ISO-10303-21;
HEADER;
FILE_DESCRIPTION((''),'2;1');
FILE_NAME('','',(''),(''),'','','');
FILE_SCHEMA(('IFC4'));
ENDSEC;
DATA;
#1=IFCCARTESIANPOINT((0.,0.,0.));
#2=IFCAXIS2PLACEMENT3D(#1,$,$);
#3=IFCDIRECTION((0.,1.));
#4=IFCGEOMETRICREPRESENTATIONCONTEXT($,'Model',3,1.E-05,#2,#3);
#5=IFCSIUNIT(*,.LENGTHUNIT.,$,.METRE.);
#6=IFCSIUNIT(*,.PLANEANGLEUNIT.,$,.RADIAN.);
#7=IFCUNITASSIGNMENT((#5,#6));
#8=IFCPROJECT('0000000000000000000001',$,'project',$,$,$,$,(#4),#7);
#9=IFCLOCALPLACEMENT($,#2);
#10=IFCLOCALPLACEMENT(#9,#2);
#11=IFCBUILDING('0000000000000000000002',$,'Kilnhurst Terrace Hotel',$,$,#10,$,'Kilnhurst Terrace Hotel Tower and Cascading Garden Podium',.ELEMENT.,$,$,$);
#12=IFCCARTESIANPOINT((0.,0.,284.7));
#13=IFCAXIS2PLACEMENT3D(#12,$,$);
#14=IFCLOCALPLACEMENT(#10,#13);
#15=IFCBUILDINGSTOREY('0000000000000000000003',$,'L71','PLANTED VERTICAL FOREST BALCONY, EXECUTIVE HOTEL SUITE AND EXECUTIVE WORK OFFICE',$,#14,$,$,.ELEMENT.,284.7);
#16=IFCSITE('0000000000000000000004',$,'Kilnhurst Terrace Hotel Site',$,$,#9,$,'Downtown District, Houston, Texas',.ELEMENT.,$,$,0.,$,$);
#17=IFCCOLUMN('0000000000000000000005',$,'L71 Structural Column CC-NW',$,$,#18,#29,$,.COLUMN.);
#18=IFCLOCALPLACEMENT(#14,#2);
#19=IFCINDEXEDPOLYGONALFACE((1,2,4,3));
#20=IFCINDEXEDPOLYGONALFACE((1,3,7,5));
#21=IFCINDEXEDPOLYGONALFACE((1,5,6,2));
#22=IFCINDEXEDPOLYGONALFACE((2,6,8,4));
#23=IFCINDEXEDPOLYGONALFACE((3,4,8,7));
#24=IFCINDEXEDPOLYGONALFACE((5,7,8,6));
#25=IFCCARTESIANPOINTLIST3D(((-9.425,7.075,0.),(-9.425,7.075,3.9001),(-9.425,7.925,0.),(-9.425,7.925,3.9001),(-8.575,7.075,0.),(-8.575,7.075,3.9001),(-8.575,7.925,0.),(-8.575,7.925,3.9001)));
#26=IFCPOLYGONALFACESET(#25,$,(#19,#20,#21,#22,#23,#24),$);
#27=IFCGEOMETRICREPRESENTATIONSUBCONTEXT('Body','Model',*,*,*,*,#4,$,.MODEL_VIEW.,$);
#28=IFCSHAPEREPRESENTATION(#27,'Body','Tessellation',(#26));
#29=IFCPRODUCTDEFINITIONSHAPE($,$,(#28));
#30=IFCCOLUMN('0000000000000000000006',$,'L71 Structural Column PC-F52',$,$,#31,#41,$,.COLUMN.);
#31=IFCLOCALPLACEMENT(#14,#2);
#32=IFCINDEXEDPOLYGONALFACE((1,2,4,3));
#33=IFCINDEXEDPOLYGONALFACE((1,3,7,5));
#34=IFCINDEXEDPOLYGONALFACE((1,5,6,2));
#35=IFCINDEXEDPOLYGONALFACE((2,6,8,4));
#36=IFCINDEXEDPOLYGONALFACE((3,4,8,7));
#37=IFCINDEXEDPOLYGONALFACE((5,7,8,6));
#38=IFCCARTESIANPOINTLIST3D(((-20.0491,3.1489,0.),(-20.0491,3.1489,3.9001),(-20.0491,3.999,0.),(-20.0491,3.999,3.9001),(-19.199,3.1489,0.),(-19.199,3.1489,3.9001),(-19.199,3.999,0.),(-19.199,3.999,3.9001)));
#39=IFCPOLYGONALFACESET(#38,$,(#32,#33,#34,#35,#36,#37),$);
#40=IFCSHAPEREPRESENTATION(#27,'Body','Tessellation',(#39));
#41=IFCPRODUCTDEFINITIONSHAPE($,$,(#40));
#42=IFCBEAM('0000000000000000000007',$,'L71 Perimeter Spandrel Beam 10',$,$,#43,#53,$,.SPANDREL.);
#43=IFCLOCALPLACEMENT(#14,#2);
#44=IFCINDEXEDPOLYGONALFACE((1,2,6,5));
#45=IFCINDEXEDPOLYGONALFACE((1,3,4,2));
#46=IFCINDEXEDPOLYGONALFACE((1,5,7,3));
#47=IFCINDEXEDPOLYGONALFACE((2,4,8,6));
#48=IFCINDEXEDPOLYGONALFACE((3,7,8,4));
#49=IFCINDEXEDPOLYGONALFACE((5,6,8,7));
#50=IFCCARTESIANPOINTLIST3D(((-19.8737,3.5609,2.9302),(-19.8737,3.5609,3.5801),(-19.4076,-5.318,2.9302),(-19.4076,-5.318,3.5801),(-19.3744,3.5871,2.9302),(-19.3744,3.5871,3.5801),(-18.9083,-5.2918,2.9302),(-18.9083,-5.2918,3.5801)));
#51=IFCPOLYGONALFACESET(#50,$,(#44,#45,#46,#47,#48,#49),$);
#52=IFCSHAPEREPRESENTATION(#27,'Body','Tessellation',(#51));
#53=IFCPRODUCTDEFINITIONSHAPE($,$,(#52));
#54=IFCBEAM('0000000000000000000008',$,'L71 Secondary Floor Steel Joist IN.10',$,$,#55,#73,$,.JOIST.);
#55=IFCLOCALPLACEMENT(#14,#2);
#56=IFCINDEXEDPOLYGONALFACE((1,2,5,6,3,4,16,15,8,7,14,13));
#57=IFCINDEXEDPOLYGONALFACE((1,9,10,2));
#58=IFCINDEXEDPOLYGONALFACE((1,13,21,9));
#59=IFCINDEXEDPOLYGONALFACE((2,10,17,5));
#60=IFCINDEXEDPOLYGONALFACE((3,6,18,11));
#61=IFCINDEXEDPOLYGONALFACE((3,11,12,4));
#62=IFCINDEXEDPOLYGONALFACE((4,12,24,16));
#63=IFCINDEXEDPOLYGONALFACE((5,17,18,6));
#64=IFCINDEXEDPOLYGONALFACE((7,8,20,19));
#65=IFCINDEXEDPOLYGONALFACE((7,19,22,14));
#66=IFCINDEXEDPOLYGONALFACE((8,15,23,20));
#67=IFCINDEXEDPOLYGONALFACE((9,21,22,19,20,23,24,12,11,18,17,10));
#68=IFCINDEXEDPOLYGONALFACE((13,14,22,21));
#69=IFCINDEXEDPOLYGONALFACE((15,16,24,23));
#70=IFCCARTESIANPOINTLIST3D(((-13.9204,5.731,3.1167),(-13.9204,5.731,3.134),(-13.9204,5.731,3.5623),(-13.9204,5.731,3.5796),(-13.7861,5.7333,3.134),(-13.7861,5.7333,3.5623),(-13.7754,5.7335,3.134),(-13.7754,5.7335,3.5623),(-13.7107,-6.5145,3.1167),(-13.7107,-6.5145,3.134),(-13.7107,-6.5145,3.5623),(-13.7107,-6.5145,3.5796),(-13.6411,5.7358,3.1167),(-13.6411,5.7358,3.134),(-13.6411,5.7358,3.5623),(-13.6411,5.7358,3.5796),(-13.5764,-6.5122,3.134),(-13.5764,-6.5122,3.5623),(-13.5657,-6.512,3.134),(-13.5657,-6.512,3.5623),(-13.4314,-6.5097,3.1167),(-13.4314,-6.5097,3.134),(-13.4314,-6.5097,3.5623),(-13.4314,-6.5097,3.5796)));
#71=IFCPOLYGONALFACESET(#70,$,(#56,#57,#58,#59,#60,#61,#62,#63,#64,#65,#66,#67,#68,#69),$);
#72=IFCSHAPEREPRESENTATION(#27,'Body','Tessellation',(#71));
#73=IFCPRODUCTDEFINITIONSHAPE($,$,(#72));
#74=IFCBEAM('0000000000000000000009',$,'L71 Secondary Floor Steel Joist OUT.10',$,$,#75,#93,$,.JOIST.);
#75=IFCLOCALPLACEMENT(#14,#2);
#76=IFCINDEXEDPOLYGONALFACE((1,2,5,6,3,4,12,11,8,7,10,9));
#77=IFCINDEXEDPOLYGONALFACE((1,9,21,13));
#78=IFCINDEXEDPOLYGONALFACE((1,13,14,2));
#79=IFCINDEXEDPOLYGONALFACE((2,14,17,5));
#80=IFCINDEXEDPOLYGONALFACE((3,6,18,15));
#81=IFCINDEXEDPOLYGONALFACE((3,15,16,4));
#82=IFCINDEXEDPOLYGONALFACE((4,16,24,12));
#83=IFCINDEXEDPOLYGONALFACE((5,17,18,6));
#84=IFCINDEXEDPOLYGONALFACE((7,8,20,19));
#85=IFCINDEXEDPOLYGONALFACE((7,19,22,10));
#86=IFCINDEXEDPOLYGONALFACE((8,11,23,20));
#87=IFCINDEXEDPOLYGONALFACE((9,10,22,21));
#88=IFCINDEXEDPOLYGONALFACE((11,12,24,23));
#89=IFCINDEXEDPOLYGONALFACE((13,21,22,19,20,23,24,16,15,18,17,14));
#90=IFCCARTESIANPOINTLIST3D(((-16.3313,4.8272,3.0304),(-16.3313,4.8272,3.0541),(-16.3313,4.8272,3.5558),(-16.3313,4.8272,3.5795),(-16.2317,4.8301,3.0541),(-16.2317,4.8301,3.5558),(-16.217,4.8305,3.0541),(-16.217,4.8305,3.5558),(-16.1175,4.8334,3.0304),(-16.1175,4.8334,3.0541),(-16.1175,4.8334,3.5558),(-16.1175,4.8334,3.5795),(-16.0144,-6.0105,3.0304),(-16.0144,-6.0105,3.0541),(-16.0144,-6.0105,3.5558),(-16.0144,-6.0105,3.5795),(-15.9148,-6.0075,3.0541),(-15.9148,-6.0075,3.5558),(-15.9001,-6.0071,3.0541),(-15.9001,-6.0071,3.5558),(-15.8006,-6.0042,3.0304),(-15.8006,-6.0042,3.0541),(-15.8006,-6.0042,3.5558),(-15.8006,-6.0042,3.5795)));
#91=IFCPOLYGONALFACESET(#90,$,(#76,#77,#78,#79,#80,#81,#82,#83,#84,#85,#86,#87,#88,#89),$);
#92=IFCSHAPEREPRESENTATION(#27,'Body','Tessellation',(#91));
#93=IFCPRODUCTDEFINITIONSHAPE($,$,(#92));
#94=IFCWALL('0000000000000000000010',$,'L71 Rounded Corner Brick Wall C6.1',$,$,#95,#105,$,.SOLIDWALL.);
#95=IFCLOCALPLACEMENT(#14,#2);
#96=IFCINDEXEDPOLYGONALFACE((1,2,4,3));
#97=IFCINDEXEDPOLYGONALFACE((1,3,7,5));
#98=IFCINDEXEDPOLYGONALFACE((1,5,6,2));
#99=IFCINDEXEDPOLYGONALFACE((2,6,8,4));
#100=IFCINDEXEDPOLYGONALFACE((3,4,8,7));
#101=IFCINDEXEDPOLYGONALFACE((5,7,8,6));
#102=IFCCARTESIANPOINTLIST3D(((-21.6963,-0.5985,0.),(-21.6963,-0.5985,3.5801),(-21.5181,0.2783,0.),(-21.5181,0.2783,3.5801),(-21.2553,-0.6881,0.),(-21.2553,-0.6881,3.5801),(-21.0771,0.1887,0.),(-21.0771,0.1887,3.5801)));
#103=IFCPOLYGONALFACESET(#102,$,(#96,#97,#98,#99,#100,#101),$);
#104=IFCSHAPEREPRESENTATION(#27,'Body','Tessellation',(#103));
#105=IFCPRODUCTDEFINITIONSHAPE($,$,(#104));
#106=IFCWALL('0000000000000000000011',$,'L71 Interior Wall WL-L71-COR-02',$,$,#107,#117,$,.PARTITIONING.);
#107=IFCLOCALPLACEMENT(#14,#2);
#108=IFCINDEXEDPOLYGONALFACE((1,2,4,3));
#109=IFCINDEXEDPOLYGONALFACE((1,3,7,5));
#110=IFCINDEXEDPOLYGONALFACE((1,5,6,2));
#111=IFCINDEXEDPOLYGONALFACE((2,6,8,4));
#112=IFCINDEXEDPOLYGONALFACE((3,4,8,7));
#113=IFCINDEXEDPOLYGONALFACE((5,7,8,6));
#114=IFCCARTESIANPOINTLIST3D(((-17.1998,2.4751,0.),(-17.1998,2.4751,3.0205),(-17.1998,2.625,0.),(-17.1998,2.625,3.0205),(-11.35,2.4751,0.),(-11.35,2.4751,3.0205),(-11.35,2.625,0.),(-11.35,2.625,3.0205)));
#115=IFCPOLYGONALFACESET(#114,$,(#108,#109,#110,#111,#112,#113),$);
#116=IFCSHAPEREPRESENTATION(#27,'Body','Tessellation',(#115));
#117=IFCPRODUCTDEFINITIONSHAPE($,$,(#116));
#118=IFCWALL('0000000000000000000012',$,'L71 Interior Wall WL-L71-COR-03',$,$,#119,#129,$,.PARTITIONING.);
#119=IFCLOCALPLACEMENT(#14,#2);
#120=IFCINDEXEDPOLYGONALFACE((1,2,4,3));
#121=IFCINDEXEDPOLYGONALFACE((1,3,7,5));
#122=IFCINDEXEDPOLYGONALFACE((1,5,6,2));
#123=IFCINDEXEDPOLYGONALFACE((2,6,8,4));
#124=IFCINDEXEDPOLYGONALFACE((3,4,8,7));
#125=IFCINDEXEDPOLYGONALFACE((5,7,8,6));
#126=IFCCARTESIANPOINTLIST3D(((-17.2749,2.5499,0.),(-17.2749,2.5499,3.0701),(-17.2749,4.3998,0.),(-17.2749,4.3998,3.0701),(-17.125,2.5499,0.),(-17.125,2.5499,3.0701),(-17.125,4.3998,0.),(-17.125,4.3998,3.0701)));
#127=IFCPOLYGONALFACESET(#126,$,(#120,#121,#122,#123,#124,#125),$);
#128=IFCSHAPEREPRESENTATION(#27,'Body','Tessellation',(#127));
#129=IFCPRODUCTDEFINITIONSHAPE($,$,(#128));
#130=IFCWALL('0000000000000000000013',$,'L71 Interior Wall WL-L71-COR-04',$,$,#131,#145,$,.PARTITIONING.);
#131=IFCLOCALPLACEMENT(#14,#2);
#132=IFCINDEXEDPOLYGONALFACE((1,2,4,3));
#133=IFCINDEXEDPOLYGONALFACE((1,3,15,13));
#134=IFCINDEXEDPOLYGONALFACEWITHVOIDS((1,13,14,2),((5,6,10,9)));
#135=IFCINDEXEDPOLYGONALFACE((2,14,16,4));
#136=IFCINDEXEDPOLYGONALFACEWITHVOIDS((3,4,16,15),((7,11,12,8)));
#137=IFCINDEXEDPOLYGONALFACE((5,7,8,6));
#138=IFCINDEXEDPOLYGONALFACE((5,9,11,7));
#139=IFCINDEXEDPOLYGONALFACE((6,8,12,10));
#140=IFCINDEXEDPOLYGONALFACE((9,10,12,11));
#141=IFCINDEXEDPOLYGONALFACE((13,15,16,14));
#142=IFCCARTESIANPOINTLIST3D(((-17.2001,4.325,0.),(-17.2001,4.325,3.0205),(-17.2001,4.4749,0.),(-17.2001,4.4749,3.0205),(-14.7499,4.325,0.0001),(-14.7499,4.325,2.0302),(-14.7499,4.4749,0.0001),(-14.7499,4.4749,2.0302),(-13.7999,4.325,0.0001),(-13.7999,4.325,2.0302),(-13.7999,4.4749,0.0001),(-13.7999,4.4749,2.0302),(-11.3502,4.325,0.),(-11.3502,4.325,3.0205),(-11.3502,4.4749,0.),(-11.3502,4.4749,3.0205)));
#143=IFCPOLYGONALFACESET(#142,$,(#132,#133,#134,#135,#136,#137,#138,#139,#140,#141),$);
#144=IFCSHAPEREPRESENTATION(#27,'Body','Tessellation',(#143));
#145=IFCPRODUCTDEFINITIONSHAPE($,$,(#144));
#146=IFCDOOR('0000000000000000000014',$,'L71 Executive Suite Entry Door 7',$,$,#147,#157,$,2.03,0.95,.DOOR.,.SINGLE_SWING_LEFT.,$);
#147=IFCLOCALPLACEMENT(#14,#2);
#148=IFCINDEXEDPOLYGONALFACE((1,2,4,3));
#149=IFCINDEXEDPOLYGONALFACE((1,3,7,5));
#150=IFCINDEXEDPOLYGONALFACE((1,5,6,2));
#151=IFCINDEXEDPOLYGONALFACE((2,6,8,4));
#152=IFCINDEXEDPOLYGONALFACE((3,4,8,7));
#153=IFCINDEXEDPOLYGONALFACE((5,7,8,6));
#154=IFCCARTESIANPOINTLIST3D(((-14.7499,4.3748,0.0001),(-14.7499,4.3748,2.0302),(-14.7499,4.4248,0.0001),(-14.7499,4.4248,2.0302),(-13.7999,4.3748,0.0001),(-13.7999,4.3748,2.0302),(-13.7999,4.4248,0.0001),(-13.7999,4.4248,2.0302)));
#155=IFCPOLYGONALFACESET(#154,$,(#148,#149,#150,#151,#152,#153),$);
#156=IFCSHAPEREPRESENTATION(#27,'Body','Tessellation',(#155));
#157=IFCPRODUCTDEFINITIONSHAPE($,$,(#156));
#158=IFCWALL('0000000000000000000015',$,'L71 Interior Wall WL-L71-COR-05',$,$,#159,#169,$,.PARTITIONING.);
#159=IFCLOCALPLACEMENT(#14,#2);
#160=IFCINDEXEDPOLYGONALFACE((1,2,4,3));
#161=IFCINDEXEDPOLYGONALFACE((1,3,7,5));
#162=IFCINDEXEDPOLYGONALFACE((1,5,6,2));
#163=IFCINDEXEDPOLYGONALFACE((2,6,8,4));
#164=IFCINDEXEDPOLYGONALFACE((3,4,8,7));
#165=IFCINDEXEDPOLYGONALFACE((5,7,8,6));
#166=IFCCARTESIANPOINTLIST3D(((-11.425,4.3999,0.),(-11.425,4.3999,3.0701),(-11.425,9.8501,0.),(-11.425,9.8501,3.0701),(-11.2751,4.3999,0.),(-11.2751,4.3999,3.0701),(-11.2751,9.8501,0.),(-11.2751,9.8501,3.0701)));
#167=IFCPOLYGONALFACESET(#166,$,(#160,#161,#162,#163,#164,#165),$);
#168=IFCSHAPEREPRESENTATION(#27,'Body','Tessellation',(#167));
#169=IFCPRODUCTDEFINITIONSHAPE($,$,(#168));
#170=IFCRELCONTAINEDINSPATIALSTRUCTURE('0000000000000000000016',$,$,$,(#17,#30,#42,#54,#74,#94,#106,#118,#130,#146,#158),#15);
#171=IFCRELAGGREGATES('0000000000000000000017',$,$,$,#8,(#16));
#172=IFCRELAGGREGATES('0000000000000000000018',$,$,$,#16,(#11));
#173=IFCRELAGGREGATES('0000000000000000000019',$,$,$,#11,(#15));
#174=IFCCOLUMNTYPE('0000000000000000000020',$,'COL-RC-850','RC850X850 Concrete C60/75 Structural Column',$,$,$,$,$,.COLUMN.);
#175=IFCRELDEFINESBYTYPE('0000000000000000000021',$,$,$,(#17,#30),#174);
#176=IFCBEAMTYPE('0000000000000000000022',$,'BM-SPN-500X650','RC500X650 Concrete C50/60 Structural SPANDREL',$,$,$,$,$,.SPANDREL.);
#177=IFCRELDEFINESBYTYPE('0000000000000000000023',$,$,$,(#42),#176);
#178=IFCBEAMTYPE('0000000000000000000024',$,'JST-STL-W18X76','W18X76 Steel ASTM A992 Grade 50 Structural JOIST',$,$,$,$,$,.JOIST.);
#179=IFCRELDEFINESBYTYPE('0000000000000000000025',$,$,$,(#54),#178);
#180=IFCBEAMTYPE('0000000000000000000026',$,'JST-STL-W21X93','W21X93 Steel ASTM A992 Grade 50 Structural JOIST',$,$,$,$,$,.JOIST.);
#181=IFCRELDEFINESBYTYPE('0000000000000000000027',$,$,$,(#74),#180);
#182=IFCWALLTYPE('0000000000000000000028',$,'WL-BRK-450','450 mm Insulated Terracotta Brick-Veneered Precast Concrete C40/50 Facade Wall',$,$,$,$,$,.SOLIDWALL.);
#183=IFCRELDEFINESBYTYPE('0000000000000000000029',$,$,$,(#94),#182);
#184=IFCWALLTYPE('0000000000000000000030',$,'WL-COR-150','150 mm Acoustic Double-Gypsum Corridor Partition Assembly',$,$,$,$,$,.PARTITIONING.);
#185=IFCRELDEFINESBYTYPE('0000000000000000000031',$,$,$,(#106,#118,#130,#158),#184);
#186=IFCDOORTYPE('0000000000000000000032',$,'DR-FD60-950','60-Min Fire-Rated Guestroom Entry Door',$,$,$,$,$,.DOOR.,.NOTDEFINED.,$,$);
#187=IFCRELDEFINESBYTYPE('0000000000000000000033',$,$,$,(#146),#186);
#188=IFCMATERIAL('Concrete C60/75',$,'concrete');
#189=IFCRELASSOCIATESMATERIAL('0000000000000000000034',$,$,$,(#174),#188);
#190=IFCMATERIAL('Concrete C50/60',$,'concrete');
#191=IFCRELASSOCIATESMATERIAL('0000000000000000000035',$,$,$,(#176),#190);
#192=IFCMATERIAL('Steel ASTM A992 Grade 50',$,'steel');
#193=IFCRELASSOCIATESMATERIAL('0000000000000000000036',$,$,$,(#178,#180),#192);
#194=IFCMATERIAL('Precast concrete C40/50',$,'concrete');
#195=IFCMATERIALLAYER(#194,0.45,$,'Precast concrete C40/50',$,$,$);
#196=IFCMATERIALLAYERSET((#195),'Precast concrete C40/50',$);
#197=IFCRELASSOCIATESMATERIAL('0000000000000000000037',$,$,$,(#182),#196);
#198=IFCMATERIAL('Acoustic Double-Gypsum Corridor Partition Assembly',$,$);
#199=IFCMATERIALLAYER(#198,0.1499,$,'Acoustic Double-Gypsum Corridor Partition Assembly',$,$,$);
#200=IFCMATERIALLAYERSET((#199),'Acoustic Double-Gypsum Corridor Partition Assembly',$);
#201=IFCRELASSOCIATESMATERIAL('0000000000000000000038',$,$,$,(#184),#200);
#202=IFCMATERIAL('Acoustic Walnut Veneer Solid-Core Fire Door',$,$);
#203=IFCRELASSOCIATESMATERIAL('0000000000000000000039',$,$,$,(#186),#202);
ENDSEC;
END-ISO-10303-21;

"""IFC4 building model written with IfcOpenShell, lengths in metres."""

from ifc_helpers import new_model, si_unit, direction, frame, frame_2d, origin, origin_2d, place, context, subcontext, project, spatial, rectangle, i_section, extrude, material, layer, layer_set, material_profile, profile_set, type_object, element, fill, save


model = new_model("IFC4")

# Units and contexts
model_context = context("Model", 3, precision=1e-05, world=origin(), true_north=direction((0.0, 1.0)))
body_context = subcontext(model_context, "Body", "Model", "MODEL_VIEW")
ifc_project = project(units=[si_unit("LENGTHUNIT", "METRE"), si_unit("PLANEANGLEUNIT", "RADIAN")], contexts=[model_context])

# Site, building, storey
site_placement = place(None, origin())
site = spatial("IfcSite", under=ifc_project, at=site_placement, Name="Kilnhurst Terrace Hotel Site", LongName="Downtown District, Houston, Texas", CompositionType="ELEMENT", RefElevation=0.0)
building_placement = place(site_placement, origin())
building = spatial("IfcBuilding", under=site, at=building_placement, Name="Kilnhurst Terrace Hotel", LongName="Kilnhurst Terrace Hotel Tower and Cascading Garden Podium", CompositionType="ELEMENT")
storey_placement = place(building_placement, frame((0.0, 0.0, 284.7)))
storey = spatial("IfcBuildingStorey", under=building, at=storey_placement, Name="L71", Description="PLANTED VERTICAL FOREST BALCONY, EXECUTIVE HOTEL SUITE AND EXECUTIVE WORK OFFICE", CompositionType="ELEMENT", Elevation=284.7)

# Columns
ifc_material_1 = material(Name="Concrete C60/75", Category="concrete")
ifc_material_profile_1 = material_profile(ifc_material_1, rectangle(XDim=0.8501, YDim=0.8501, at=origin_2d()), Name="RC850X850")
ifc_profile_set_1 = profile_set([ifc_material_profile_1], Name="Concrete C60/75")
column_type = type_object("IfcColumnType", Name="COL-RC-850", Description="RC850X850 Concrete C60/75 Structural Column", PredefinedType="COLUMN", material=ifc_profile_set_1)
for number, where, z_axis, x_axis, name in (
    (1, (-9.0, 7.5, 0.0), (0.0, 0.0, 1.0), (1.0, 0.0, 0.0), "L71 Structural Column CC-NW"),
    (2, (-19.624, 3.574, 0.0), (0.0, 0.0, 1.0), (1.0, 0.0, 0.0), "L71 Structural Column PC-F52"),
):
    element("IfcColumn", number, at=place(storey_placement, frame(where, z_axis=z_axis, x_axis=x_axis)), inside=storey, type_object=column_type, Name=name, PredefinedType="COLUMN", context=body_context, shape_type="SweptSolid", body=[
        extrude(rectangle(XDim=0.8501, YDim=0.8501, at=origin_2d()), origin(), (0.0, 0.0, 1.0), 3.9001),
    ])

# Beams
ifc_material_2 = material(Name="Concrete C50/60", Category="concrete")
ifc_material_profile_2 = material_profile(ifc_material_2, rectangle(XDim=0.5, YDim=0.6499, at=origin_2d()), Name="RC500X650")
ifc_profile_set_2 = profile_set([ifc_material_profile_2], Name="Concrete C50/60")
beam_type_1 = type_object("IfcBeamType", Name="BM-SPN-500X650", Description="RC500X650 Concrete C50/60 Structural SPANDREL", PredefinedType="SPANDREL", material=ifc_profile_set_2)
beam_1_placement = place(storey_placement, frame((-19.624, 3.574, 3.2551), z_axis=(0.052419, -0.998625, 0.0), x_axis=(0.998625, 0.052419, 0.0)))
element("IfcBeam", 3, at=beam_1_placement, inside=storey, type_object=beam_type_1, Name="L71 Perimeter Spandrel Beam 10", PredefinedType="SPANDREL", context=body_context, shape_type="SweptSolid", body=[
    extrude(rectangle(XDim=0.5, YDim=0.6499, at=origin_2d()), origin(), (0.0, 0.0, 1.0), 8.8911),
])
ifc_material_3 = material(Name="Steel ASTM A992 Grade 50", Category="steel")
ifc_material_profile_3 = material_profile(ifc_material_3, i_section(OverallWidth=0.2793, OverallDepth=0.4629, WebThickness=0.0107, FlangeThickness=0.0173, at=origin_2d()), Name="W18X76")
ifc_profile_set_3 = profile_set([ifc_material_profile_3], Name="Steel ASTM A992 Grade 50")
beam_type_2 = type_object("IfcBeamType", Name="JST-STL-W18X76", Description="W18X76 Steel ASTM A992 Grade 50 Structural JOIST", PredefinedType="JOIST", material=ifc_profile_set_3)
beam_2_placement = place(storey_placement, frame((-13.7808, 5.7334, 3.3481), z_axis=(0.017123, -0.999853, 0.0), x_axis=(0.999853, 0.017123, 0.0)))
element("IfcBeam", 4, at=beam_2_placement, inside=storey, type_object=beam_type_2, Name="L71 Secondary Floor Steel Joist IN.10", PredefinedType="JOIST", context=body_context, shape_type="SweptSolid", body=[
    extrude(i_section(OverallWidth=0.2793, OverallDepth=0.4629, WebThickness=0.0107, FlangeThickness=0.0173, at=origin_2d()), origin(), (0.0, 0.0, 1.0), 12.2473),
])
ifc_material_profile_4 = material_profile(ifc_material_3, i_section(OverallWidth=0.2139, OverallDepth=0.5491, WebThickness=0.0146, FlangeThickness=0.0237, at=origin_2d()), Name="W21X93")
ifc_profile_set_4 = profile_set([ifc_material_profile_4], Name="Steel ASTM A992 Grade 50")
beam_type_3 = type_object("IfcBeamType", Name="JST-STL-W21X93", Description="W21X93 Steel ASTM A992 Grade 50 Structural JOIST", PredefinedType="JOIST", material=ifc_profile_set_4)
beam_3_placement = place(storey_placement, frame((-16.2244, 4.8303, 3.3049), z_axis=(0.029228, -0.999573, 0.0), x_axis=(0.999573, 0.029228, 0.0)))
element("IfcBeam", 5, at=beam_3_placement, inside=storey, type_object=beam_type_3, Name="L71 Secondary Floor Steel Joist OUT.10", PredefinedType="JOIST", context=body_context, shape_type="SweptSolid", body=[
    extrude(i_section(OverallWidth=0.2139, OverallDepth=0.5491, WebThickness=0.0146, FlangeThickness=0.0237, at=origin_2d()), origin(), (0.0, 0.0, 1.0), 10.8423),
])

# Walls
ifc_material_4 = material(Name="Precast concrete C40/50", Category="concrete")
ifc_layer_1 = layer(ifc_material_4, 0.45, Name="Precast concrete C40/50")
ifc_layer_set_1 = layer_set([ifc_layer_1], Name="Precast concrete C40/50")
wall_type_1 = type_object("IfcWallType", Name="WL-BRK-450", Description="450 mm Insulated Terracotta Brick-Veneered Precast Concrete C40/50 Facade Wall", PredefinedType="SOLIDWALL", material=ifc_layer_set_1)
wall_1_placement = place(storey_placement, frame((-21.2976, 0.2334, 0.0), z_axis=(0.0, 0.0, 1.0), x_axis=(-0.199158, -0.979967, 0.0)))
element("IfcWall", 6, at=wall_1_placement, inside=storey, type_object=wall_type_1, Name="L71 Rounded Corner Brick Wall C6.1", PredefinedType="SOLIDWALL", context=body_context, shape_type="SweptSolid", body=[
    extrude(rectangle(XDim=0.8948, YDim=0.45, at=frame_2d((0.4473, 0.0))), origin(), (0.0, 0.0, 1.0), 3.5801),
])
ifc_material_5 = material(Name="Acoustic Double-Gypsum Corridor Partition Assembly")
ifc_layer_2 = layer(ifc_material_5, 0.1499, Name="Acoustic Double-Gypsum Corridor Partition Assembly")
ifc_layer_set_2 = layer_set([ifc_layer_2], Name="Acoustic Double-Gypsum Corridor Partition Assembly")
wall_type_2 = type_object("IfcWallType", Name="WL-COR-150", Description="150 mm Acoustic Double-Gypsum Corridor Partition Assembly", PredefinedType="PARTITIONING", material=ifc_layer_set_2)
wall_2_placement = place(storey_placement, frame((-11.3501, 2.55, 0.0), z_axis=(0.0, 0.0, 1.0), x_axis=(-1.0, 0.0, 0.0)))
element("IfcWall", 7, at=wall_2_placement, inside=storey, type_object=wall_type_2, Name="L71 Interior Wall WL-L71-COR-02", PredefinedType="PARTITIONING", context=body_context, shape_type="SweptSolid", body=[
    extrude(rectangle(XDim=5.8499, YDim=0.1499, at=frame_2d((2.9248, 0.0))), origin(), (0.0, 0.0, 1.0), 3.0205),
])
wall_3_placement = place(storey_placement, frame((-17.2, 2.55, 0.0), z_axis=(0.0, 0.0, 1.0), x_axis=(0.0, 1.0, 0.0)))
element("IfcWall", 8, at=wall_3_placement, inside=storey, type_object=wall_type_2, Name="L71 Interior Wall WL-L71-COR-03", PredefinedType="PARTITIONING", context=body_context, shape_type="SweptSolid", body=[
    extrude(rectangle(XDim=1.8499, YDim=0.1499, at=frame_2d((0.9248, 0.0))), origin(), (0.0, 0.0, 1.0), 3.0701),
])

# Wall, opening, door
wall_4_placement = place(storey_placement, frame((-17.2, 4.3999, 0.0), z_axis=(0.0, 0.0, 1.0), x_axis=(1.0, 0.0, 0.0)))
wall_4 = element("IfcWall", 9, at=wall_4_placement, inside=storey, type_object=wall_type_2, Name="L71 Interior Wall WL-L71-COR-04", PredefinedType="PARTITIONING", context=body_context, shape_type="SweptSolid", body=[
    extrude(rectangle(XDim=5.8499, YDim=0.1499, at=frame_2d((2.9248, 0.0))), origin(), (0.0, 0.0, 1.0), 3.0205),
])
opening_1_placement = place(wall_4_placement, frame((2.45, 0.0, 0.0)))
opening_1 = element("IfcOpeningElement", 10, at=opening_1_placement, cuts=wall_4, PredefinedType="OPENING", context=body_context, shape_type="SweptSolid", body=[
    extrude(rectangle(XDim=0.95, YDim=2.03, at=frame_2d((0.4751, 1.0151))), frame((0.0, 0.085, 0.0), z_axis=(0.0, -1.0, 0.0), x_axis=(1.0, 0.0, 0.0)), (0.0, 0.0, 1.0), 0.1699),
])
ifc_material_6 = material(Name="Acoustic Walnut Veneer Solid-Core Fire Door")
door_type_1 = type_object("IfcDoorType", Name="DR-FD60-950", Description="60-Min Fire-Rated Guestroom Entry Door", OperationType="NOTDEFINED", PredefinedType="DOOR", material=ifc_material_6)
door_1_placement = place(opening_1_placement, origin())
door_1 = element("IfcDoor", 11, at=door_1_placement, inside=storey, type_object=door_type_1, Name="L71 Executive Suite Entry Door 7", OperationType="SINGLE_SWING_LEFT", OverallHeight=2.03, OverallWidth=0.95, PredefinedType="DOOR", context=body_context, shape_type="SweptSolid", body=[
    extrude(rectangle(XDim=0.95, YDim=2.03, at=frame_2d((0.4751, 1.0151))), frame((0.0, 0.0249, 0.0), z_axis=(0.0, -1.0, 0.0), x_axis=(1.0, 0.0, 0.0)), (0.0, 0.0, 1.0), 0.05),
])
fill(opening_1, door_1)

# Wall
wall_5_placement = place(storey_placement, frame((-11.3501, 4.3999, 0.0), z_axis=(0.0, 0.0, 1.0), x_axis=(0.0, 1.0, 0.0)))
element("IfcWall", 12, at=wall_5_placement, inside=storey, type_object=wall_type_2, Name="L71 Interior Wall WL-L71-COR-05", PredefinedType="PARTITIONING", context=body_context, shape_type="SweptSolid", body=[
    extrude(rectangle(XDim=5.4502, YDim=0.1499, at=frame_2d((2.7251, 0.0))), origin(), (0.0, 0.0, 1.0), 3.0701),
])

save(model, "model.ifc")
